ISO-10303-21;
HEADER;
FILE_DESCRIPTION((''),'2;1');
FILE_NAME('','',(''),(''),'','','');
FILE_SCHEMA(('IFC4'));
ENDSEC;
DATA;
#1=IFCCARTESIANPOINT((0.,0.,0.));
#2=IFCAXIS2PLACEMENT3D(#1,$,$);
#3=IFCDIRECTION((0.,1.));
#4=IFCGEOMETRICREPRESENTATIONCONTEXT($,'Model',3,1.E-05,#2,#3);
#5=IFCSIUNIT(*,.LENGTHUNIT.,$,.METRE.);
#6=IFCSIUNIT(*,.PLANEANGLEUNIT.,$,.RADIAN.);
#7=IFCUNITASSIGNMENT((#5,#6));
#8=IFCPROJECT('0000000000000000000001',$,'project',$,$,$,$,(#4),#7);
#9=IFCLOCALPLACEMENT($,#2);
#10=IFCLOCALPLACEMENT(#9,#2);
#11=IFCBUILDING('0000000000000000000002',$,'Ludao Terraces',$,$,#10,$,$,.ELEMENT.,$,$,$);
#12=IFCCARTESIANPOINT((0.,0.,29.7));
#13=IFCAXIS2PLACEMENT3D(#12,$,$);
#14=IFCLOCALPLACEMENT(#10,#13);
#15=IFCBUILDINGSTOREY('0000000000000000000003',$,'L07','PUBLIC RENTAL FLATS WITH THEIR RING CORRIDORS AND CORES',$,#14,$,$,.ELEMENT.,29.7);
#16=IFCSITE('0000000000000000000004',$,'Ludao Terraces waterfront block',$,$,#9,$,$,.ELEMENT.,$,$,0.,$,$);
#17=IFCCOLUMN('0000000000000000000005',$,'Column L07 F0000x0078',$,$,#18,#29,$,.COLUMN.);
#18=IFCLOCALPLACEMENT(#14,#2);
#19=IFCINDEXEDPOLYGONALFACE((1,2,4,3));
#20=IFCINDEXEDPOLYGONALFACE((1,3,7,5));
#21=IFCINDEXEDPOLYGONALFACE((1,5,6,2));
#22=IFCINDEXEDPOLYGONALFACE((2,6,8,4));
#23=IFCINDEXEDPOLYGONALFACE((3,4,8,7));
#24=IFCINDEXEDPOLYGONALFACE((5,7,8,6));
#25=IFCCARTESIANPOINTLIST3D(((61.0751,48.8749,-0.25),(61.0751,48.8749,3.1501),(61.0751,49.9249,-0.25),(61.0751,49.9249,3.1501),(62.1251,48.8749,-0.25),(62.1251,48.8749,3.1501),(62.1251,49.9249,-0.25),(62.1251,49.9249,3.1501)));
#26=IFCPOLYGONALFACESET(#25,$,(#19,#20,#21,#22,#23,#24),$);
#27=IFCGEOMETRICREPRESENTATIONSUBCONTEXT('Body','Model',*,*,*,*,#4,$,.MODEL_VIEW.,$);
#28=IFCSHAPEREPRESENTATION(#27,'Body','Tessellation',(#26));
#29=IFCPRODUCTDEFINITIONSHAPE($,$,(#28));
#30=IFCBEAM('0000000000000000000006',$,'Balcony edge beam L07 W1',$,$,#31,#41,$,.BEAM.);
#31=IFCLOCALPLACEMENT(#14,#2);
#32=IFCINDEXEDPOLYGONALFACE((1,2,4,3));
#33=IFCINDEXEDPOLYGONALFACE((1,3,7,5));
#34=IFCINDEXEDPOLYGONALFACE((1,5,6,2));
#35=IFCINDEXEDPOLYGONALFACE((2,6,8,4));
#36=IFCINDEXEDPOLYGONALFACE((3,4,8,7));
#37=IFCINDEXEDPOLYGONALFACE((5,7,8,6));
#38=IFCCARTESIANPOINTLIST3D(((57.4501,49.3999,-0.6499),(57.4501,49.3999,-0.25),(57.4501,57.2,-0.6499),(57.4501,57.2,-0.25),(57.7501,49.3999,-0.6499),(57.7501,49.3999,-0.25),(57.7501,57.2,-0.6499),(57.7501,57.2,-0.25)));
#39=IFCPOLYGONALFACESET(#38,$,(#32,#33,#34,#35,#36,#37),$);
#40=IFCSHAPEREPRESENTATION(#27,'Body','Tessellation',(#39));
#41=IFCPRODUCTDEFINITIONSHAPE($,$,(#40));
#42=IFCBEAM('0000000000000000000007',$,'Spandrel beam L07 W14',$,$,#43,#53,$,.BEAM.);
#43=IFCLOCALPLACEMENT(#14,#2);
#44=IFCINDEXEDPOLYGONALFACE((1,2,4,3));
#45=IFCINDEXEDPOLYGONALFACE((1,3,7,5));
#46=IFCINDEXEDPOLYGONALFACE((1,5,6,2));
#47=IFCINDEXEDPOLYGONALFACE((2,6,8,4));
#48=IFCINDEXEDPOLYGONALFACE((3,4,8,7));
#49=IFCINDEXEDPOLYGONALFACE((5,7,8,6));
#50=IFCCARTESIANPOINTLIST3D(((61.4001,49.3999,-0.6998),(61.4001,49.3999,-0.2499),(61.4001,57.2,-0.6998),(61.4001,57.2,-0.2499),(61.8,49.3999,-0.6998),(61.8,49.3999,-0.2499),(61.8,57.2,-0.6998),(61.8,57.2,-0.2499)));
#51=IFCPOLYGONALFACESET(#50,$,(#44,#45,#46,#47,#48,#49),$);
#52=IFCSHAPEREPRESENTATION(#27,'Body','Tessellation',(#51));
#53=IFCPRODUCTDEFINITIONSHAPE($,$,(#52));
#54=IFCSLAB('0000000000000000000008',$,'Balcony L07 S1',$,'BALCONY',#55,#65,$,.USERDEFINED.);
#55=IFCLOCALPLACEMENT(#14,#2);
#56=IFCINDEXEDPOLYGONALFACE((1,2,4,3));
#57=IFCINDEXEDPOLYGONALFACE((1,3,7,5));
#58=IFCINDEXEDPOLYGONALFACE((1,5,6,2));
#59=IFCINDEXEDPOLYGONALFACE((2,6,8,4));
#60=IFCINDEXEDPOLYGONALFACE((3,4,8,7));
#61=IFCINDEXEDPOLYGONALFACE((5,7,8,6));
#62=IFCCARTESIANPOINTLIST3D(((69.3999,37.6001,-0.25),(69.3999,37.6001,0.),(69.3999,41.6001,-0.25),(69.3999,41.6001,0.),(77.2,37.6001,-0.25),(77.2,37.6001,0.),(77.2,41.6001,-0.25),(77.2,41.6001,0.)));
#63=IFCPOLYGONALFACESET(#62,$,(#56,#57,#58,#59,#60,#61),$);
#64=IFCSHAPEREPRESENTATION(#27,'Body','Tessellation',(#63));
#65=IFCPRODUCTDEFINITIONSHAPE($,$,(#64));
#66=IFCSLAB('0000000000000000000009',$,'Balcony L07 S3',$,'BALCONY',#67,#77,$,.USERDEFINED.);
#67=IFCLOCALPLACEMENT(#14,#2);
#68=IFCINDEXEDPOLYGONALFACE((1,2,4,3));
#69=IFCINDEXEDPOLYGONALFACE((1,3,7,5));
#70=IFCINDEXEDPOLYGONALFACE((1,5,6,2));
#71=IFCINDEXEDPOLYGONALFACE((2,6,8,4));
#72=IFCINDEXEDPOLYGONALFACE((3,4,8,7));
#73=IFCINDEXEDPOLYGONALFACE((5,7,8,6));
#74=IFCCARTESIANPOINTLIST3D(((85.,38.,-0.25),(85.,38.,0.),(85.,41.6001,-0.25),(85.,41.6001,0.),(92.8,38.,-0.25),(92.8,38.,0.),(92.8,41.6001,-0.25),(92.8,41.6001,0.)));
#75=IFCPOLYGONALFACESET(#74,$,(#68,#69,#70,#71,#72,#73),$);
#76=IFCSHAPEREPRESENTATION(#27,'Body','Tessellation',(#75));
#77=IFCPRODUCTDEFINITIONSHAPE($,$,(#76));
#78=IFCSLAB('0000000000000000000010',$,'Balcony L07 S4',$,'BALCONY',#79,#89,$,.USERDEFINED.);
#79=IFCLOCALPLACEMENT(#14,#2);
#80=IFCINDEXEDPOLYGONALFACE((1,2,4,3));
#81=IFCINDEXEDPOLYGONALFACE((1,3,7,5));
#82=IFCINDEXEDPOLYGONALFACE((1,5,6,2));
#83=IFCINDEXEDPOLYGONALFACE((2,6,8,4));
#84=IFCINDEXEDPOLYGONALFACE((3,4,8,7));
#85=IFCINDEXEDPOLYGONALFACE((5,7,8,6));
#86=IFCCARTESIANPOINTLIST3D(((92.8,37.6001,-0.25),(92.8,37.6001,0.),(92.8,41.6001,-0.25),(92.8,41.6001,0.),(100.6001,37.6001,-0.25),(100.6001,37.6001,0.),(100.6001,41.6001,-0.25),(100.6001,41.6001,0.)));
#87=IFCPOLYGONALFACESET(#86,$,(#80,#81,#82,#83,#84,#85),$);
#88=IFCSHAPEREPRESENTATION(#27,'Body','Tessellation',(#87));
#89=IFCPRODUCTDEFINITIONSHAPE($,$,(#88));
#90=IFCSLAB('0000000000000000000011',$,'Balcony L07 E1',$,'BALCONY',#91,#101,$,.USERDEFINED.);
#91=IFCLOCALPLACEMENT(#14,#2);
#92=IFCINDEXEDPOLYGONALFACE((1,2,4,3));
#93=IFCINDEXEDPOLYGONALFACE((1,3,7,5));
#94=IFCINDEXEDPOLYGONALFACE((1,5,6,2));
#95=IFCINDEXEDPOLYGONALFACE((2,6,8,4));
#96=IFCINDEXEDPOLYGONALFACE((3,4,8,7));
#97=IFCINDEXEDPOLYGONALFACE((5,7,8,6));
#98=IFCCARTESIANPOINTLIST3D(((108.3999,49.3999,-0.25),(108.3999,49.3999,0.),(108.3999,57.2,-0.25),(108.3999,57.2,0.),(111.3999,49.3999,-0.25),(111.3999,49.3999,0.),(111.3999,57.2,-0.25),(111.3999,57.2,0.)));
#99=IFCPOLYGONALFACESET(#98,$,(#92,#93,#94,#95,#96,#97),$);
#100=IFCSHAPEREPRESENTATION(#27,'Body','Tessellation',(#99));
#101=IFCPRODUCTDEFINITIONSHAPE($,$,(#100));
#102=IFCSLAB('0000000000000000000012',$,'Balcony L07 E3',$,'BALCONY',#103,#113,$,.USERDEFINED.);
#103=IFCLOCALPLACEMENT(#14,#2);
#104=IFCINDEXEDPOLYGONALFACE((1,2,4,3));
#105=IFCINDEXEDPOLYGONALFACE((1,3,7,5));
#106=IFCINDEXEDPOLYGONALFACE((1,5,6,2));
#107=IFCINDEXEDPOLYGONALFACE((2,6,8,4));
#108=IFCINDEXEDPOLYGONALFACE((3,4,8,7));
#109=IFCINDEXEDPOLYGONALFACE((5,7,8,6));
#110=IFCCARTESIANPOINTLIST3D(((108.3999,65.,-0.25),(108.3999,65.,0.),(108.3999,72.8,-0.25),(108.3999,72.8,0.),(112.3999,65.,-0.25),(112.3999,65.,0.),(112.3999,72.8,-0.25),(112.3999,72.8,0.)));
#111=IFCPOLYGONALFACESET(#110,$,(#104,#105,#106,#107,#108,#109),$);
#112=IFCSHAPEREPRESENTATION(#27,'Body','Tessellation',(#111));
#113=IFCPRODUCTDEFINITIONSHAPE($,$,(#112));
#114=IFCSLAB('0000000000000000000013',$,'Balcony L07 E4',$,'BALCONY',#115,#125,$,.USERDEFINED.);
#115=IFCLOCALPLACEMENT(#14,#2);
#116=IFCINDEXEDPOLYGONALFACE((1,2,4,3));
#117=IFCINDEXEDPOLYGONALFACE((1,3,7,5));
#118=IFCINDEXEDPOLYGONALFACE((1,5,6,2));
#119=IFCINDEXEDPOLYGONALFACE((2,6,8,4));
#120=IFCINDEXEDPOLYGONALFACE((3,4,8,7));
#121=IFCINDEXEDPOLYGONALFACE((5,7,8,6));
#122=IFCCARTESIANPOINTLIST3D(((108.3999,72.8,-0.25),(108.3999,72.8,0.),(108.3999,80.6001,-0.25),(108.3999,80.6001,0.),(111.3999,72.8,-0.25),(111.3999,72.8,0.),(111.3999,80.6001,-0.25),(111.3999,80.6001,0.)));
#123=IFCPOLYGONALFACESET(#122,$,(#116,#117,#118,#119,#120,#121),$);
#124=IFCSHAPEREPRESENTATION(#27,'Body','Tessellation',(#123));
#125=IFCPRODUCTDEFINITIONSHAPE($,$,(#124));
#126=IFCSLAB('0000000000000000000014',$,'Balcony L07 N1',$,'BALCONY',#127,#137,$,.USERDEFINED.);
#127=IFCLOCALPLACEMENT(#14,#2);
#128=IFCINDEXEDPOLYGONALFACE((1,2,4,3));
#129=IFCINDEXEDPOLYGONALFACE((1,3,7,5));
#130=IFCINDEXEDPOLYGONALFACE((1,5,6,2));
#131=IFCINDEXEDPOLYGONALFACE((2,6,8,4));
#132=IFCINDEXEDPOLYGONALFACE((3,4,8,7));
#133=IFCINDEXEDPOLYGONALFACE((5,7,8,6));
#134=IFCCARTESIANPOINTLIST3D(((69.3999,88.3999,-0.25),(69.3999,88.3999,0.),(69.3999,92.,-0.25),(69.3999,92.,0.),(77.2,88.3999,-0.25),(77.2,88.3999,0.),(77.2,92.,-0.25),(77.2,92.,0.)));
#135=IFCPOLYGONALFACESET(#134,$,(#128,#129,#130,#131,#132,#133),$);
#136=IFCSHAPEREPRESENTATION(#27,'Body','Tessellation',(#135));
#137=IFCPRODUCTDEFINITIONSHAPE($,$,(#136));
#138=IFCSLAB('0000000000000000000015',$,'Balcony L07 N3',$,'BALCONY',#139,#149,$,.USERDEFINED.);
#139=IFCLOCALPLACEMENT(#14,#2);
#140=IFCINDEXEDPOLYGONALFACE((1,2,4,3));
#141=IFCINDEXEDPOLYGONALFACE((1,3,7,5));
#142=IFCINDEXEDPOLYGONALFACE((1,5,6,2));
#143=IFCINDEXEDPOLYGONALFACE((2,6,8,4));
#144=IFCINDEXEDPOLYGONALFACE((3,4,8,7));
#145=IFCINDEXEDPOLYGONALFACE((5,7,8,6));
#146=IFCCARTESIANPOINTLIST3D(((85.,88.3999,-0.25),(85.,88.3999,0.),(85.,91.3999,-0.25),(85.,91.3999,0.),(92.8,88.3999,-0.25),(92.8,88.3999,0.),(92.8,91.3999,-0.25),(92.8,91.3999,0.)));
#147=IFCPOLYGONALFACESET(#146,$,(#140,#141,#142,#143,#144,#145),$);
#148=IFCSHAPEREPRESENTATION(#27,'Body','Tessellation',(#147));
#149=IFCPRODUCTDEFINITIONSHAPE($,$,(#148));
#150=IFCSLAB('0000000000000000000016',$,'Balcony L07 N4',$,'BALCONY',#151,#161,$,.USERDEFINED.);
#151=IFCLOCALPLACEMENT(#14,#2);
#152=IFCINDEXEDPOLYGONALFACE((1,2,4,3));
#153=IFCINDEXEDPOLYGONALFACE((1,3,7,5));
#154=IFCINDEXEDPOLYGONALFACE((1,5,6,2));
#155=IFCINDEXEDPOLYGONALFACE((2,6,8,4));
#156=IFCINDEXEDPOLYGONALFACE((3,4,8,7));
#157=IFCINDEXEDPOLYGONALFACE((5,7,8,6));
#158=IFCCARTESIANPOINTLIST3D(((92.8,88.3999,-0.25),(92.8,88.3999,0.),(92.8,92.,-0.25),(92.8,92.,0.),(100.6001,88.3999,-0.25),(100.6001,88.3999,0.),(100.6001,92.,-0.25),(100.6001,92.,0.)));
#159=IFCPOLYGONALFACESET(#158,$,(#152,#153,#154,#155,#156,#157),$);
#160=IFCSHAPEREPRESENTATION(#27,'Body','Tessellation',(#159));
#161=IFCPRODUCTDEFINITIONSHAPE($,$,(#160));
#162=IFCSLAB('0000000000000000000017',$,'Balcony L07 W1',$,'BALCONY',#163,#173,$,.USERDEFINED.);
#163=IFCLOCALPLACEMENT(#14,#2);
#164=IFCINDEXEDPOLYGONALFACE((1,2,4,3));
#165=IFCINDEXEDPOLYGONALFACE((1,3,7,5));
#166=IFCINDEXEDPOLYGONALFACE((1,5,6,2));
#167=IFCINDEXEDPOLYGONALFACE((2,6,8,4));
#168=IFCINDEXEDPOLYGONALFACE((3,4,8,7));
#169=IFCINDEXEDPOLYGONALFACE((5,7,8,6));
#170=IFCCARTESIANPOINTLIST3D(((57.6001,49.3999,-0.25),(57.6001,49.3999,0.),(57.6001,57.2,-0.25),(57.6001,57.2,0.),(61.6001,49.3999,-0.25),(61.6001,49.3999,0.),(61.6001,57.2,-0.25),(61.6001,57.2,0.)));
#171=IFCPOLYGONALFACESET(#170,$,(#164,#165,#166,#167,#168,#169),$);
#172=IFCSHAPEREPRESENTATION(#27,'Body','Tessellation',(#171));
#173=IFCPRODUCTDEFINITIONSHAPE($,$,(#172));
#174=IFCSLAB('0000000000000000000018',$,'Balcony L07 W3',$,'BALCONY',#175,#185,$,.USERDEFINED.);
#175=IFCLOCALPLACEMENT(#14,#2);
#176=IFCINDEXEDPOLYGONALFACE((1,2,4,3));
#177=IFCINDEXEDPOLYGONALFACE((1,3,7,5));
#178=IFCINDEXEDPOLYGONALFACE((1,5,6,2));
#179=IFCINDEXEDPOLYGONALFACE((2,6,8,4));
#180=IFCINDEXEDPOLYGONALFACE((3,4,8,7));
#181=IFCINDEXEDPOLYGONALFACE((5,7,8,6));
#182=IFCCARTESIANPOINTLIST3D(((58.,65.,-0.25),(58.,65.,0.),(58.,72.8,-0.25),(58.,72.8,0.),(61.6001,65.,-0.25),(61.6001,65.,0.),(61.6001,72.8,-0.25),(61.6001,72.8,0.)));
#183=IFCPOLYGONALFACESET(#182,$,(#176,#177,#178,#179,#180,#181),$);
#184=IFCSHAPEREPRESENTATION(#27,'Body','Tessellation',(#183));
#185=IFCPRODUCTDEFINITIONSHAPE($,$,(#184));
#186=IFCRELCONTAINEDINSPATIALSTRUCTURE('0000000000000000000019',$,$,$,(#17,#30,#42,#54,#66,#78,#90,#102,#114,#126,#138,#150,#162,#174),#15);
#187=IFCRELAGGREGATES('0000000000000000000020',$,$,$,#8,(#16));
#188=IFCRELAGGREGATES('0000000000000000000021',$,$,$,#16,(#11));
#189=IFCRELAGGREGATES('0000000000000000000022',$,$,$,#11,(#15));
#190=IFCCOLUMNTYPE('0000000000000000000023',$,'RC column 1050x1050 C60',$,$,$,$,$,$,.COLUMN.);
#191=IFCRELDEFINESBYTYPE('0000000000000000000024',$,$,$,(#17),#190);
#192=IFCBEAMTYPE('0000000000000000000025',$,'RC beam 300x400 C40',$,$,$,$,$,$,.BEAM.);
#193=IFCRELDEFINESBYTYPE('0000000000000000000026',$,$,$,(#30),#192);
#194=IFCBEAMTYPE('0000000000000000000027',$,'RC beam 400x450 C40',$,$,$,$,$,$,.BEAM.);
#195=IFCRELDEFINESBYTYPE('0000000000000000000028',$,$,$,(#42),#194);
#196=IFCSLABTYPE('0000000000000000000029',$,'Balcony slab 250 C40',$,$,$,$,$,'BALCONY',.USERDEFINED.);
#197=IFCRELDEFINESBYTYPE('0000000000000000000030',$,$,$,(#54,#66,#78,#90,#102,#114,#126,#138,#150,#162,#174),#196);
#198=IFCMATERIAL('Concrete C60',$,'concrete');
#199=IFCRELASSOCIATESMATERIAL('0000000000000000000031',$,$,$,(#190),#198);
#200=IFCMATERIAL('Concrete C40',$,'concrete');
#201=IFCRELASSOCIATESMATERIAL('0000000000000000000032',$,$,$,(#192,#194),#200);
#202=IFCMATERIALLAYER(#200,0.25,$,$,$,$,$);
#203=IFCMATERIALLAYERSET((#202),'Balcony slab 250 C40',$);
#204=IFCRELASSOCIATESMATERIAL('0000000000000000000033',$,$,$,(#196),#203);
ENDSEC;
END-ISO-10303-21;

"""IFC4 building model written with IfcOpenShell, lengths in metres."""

from ifc_helpers import new_model, si_unit, direction, frame, origin, origin_2d, place, context, subcontext, project, spatial, polyline, rectangle, outline, extrude, material, layer, layer_set, material_profile, profile_set, type_object, element, save


model = new_model("IFC4")

# Units and contexts
model_context = context("Model", 3, precision=1e-05, world=origin(), true_north=direction((0.0, 1.0)))
body_context = subcontext(model_context, "Body", "Model", "MODEL_VIEW")
ifc_project = project(units=[si_unit("LENGTHUNIT", "METRE"), si_unit("PLANEANGLEUNIT", "RADIAN")], contexts=[model_context])

# Site, building, storey
site_placement = place(None, origin())
site = spatial("IfcSite", under=ifc_project, at=site_placement, Name="Ludao Terraces waterfront block", CompositionType="ELEMENT", RefElevation=0.0)
building_placement = place(site_placement, origin())
building = spatial("IfcBuilding", under=site, at=building_placement, Name="Ludao Terraces", CompositionType="ELEMENT")
storey_placement = place(building_placement, frame((0.0, 0.0, 29.7)))
storey = spatial("IfcBuildingStorey", under=building, at=storey_placement, Name="L07", Description="PUBLIC RENTAL FLATS WITH THEIR RING CORRIDORS AND CORES", CompositionType="ELEMENT", Elevation=29.7)

# Column
ifc_material_1 = material(Name="Concrete C60", Category="concrete")
ifc_material_profile_1 = material_profile(ifc_material_1, rectangle(XDim=1.05, YDim=1.05, at=origin_2d()), Name="1050 X 1050")
ifc_profile_set_1 = profile_set([ifc_material_profile_1], Name="Concrete C60")
column_type = type_object("IfcColumnType", Name="RC column 1050x1050 C60", PredefinedType="COLUMN", material=ifc_profile_set_1)
column_placement = place(storey_placement, frame((61.6001, 49.3999, -0.25), z_axis=(0.0, 0.0, 1.0), x_axis=(1.0, 0.0, 0.0)))
element("IfcColumn", 1, at=column_placement, inside=storey, type_object=column_type, Name="Column L07 F0000x0078", PredefinedType="COLUMN", context=body_context, shape_type="SweptSolid", body=[
    extrude(rectangle(XDim=1.05, YDim=1.05, at=origin_2d()), origin(), (0.0, 0.0, 1.0), 3.4001),
])

# Beams
ifc_material_2 = material(Name="Concrete C40", Category="concrete")
ifc_material_profile_2 = material_profile(ifc_material_2, rectangle(XDim=0.3, YDim=0.3999, at=origin_2d()), Name="300 X 400")
ifc_profile_set_2 = profile_set([ifc_material_profile_2], Name="Concrete C40")
beam_type_1 = type_object("IfcBeamType", Name="RC beam 300x400 C40", PredefinedType="BEAM", material=ifc_profile_set_2)
beam_1_placement = place(storey_placement, frame((57.6001, 49.3999, -0.45), z_axis=(0.0, 1.0, 0.0), x_axis=(-1.0, 0.0, 0.0)))
element("IfcBeam", 2, at=beam_1_placement, inside=storey, type_object=beam_type_1, Name="Balcony edge beam L07 W1", PredefinedType="BEAM", context=body_context, shape_type="SweptSolid", body=[
    extrude(rectangle(XDim=0.3, YDim=0.3999, at=origin_2d()), origin(), (0.0, 0.0, 1.0), 7.8),
])
ifc_material_profile_3 = material_profile(ifc_material_2, rectangle(XDim=0.3999, YDim=0.45, at=origin_2d()), Name="400 X 450")
ifc_profile_set_3 = profile_set([ifc_material_profile_3], Name="Concrete C40")
beam_type_2 = type_object("IfcBeamType", Name="RC beam 400x450 C40", PredefinedType="BEAM", material=ifc_profile_set_3)
beam_2_placement = place(storey_placement, frame((61.6001, 49.3999, -0.4749), z_axis=(0.0, 1.0, 0.0), x_axis=(-1.0, 0.0, 0.0)))
element("IfcBeam", 3, at=beam_2_placement, inside=storey, type_object=beam_type_2, Name="Spandrel beam L07 W14", PredefinedType="BEAM", context=body_context, shape_type="SweptSolid", body=[
    extrude(rectangle(XDim=0.3999, YDim=0.45, at=origin_2d()), origin(), (0.0, 0.0, 1.0), 7.8),
])

# Slabs
ifc_layer_1 = layer(ifc_material_2, 0.25)
ifc_layer_set_1 = layer_set([ifc_layer_1], Name="Balcony slab 250 C40")
slab_type_1 = type_object("IfcSlabType", Name="Balcony slab 250 C40", ElementType="BALCONY", PredefinedType="USERDEFINED", material=ifc_layer_set_1)
slab_1_placement = place(storey_placement, frame((0.0, 0.0, -0.25)))
element("IfcSlab", 4, at=slab_1_placement, inside=storey, type_object=slab_type_1, Name="Balcony L07 S1", ObjectType="BALCONY", PredefinedType="USERDEFINED", context=body_context, shape_type="SweptSolid", body=[
    extrude(outline(polyline([(69.3999, 37.6001), (77.2, 37.6001), (77.2, 41.6001), (69.3999, 41.6001), (69.3999, 37.6001)])), origin(), (0.0, 0.0, 1.0), 0.25),
])
slab_2_placement = place(storey_placement, frame((0.0, 0.0, -0.25)))
element("IfcSlab", 5, at=slab_2_placement, inside=storey, type_object=slab_type_1, Name="Balcony L07 S3", ObjectType="BALCONY", PredefinedType="USERDEFINED", context=body_context, shape_type="SweptSolid", body=[
    extrude(outline(polyline([(85.0, 38.0), (92.8, 38.0), (92.8, 41.6001), (85.0, 41.6001), (85.0, 38.0)])), origin(), (0.0, 0.0, 1.0), 0.25),
])
slab_3_placement = place(storey_placement, frame((0.0, 0.0, -0.25)))
element("IfcSlab", 6, at=slab_3_placement, inside=storey, type_object=slab_type_1, Name="Balcony L07 S4", ObjectType="BALCONY", PredefinedType="USERDEFINED", context=body_context, shape_type="SweptSolid", body=[
    extrude(outline(polyline([(92.8, 37.6001), (100.6001, 37.6001), (100.6001, 41.6001), (92.8, 41.6001), (92.8, 37.6001)])), origin(), (0.0, 0.0, 1.0), 0.25),
])
slab_4_placement = place(storey_placement, frame((0.0, 0.0, -0.25)))
element("IfcSlab", 7, at=slab_4_placement, inside=storey, type_object=slab_type_1, Name="Balcony L07 E1", ObjectType="BALCONY", PredefinedType="USERDEFINED", context=body_context, shape_type="SweptSolid", body=[
    extrude(outline(polyline([(108.3999, 49.3999), (111.3999, 49.3999), (111.3999, 57.2), (108.3999, 57.2), (108.3999, 49.3999)])), origin(), (0.0, 0.0, 1.0), 0.25),
])
slab_5_placement = place(storey_placement, frame((0.0, 0.0, -0.25)))
element("IfcSlab", 8, at=slab_5_placement, inside=storey, type_object=slab_type_1, Name="Balcony L07 E3", ObjectType="BALCONY", PredefinedType="USERDEFINED", context=body_context, shape_type="SweptSolid", body=[
    extrude(outline(polyline([(108.3999, 65.0), (112.3999, 65.0), (112.3999, 72.8), (108.3999, 72.8), (108.3999, 65.0)])), origin(), (0.0, 0.0, 1.0), 0.25),
])
slab_6_placement = place(storey_placement, frame((0.0, 0.0, -0.25)))
element("IfcSlab", 9, at=slab_6_placement, inside=storey, type_object=slab_type_1, Name="Balcony L07 E4", ObjectType="BALCONY", PredefinedType="USERDEFINED", context=body_context, shape_type="SweptSolid", body=[
    extrude(outline(polyline([(108.3999, 72.8), (111.3999, 72.8), (111.3999, 80.6001), (108.3999, 80.6001), (108.3999, 72.8)])), origin(), (0.0, 0.0, 1.0), 0.25),
])
slab_7_placement = place(storey_placement, frame((0.0, 0.0, -0.25)))
element("IfcSlab", 10, at=slab_7_placement, inside=storey, type_object=slab_type_1, Name="Balcony L07 N1", ObjectType="BALCONY", PredefinedType="USERDEFINED", context=body_context, shape_type="SweptSolid", body=[
    extrude(outline(polyline([(69.3999, 88.3999), (77.2, 88.3999), (77.2, 92.0), (69.3999, 92.0), (69.3999, 88.3999)])), origin(), (0.0, 0.0, 1.0), 0.25),
])
slab_8_placement = place(storey_placement, frame((0.0, 0.0, -0.25)))
element("IfcSlab", 11, at=slab_8_placement, inside=storey, type_object=slab_type_1, Name="Balcony L07 N3", ObjectType="BALCONY", PredefinedType="USERDEFINED", context=body_context, shape_type="SweptSolid", body=[
    extrude(outline(polyline([(85.0, 88.3999), (92.8, 88.3999), (92.8, 91.3999), (85.0, 91.3999), (85.0, 88.3999)])), origin(), (0.0, 0.0, 1.0), 0.25),
])
slab_9_placement = place(storey_placement, frame((0.0, 0.0, -0.25)))
element("IfcSlab", 12, at=slab_9_placement, inside=storey, type_object=slab_type_1, Name="Balcony L07 N4", ObjectType="BALCONY", PredefinedType="USERDEFINED", context=body_context, shape_type="SweptSolid", body=[
    extrude(outline(polyline([(92.8, 88.3999), (100.6001, 88.3999), (100.6001, 92.0), (92.8, 92.0), (92.8, 88.3999)])), origin(), (0.0, 0.0, 1.0), 0.25),
])
slab_10_placement = place(storey_placement, frame((0.0, 0.0, -0.25)))
element("IfcSlab", 13, at=slab_10_placement, inside=storey, type_object=slab_type_1, Name="Balcony L07 W1", ObjectType="BALCONY", PredefinedType="USERDEFINED", context=body_context, shape_type="SweptSolid", body=[
    extrude(outline(polyline([(57.6001, 49.3999), (61.6001, 49.3999), (61.6001, 57.2), (57.6001, 57.2), (57.6001, 49.3999)])), origin(), (0.0, 0.0, 1.0), 0.25),
])
slab_11_placement = place(storey_placement, frame((0.0, 0.0, -0.25)))
element("IfcSlab", 14, at=slab_11_placement, inside=storey, type_object=slab_type_1, Name="Balcony L07 W3", ObjectType="BALCONY", PredefinedType="USERDEFINED", context=body_context, shape_type="SweptSolid", body=[
    extrude(outline(polyline([(58.0, 65.0), (61.6001, 65.0), (61.6001, 72.8), (58.0, 72.8), (58.0, 65.0)])), origin(), (0.0, 0.0, 1.0), 0.25),
])

save(model, "model.ifc")
